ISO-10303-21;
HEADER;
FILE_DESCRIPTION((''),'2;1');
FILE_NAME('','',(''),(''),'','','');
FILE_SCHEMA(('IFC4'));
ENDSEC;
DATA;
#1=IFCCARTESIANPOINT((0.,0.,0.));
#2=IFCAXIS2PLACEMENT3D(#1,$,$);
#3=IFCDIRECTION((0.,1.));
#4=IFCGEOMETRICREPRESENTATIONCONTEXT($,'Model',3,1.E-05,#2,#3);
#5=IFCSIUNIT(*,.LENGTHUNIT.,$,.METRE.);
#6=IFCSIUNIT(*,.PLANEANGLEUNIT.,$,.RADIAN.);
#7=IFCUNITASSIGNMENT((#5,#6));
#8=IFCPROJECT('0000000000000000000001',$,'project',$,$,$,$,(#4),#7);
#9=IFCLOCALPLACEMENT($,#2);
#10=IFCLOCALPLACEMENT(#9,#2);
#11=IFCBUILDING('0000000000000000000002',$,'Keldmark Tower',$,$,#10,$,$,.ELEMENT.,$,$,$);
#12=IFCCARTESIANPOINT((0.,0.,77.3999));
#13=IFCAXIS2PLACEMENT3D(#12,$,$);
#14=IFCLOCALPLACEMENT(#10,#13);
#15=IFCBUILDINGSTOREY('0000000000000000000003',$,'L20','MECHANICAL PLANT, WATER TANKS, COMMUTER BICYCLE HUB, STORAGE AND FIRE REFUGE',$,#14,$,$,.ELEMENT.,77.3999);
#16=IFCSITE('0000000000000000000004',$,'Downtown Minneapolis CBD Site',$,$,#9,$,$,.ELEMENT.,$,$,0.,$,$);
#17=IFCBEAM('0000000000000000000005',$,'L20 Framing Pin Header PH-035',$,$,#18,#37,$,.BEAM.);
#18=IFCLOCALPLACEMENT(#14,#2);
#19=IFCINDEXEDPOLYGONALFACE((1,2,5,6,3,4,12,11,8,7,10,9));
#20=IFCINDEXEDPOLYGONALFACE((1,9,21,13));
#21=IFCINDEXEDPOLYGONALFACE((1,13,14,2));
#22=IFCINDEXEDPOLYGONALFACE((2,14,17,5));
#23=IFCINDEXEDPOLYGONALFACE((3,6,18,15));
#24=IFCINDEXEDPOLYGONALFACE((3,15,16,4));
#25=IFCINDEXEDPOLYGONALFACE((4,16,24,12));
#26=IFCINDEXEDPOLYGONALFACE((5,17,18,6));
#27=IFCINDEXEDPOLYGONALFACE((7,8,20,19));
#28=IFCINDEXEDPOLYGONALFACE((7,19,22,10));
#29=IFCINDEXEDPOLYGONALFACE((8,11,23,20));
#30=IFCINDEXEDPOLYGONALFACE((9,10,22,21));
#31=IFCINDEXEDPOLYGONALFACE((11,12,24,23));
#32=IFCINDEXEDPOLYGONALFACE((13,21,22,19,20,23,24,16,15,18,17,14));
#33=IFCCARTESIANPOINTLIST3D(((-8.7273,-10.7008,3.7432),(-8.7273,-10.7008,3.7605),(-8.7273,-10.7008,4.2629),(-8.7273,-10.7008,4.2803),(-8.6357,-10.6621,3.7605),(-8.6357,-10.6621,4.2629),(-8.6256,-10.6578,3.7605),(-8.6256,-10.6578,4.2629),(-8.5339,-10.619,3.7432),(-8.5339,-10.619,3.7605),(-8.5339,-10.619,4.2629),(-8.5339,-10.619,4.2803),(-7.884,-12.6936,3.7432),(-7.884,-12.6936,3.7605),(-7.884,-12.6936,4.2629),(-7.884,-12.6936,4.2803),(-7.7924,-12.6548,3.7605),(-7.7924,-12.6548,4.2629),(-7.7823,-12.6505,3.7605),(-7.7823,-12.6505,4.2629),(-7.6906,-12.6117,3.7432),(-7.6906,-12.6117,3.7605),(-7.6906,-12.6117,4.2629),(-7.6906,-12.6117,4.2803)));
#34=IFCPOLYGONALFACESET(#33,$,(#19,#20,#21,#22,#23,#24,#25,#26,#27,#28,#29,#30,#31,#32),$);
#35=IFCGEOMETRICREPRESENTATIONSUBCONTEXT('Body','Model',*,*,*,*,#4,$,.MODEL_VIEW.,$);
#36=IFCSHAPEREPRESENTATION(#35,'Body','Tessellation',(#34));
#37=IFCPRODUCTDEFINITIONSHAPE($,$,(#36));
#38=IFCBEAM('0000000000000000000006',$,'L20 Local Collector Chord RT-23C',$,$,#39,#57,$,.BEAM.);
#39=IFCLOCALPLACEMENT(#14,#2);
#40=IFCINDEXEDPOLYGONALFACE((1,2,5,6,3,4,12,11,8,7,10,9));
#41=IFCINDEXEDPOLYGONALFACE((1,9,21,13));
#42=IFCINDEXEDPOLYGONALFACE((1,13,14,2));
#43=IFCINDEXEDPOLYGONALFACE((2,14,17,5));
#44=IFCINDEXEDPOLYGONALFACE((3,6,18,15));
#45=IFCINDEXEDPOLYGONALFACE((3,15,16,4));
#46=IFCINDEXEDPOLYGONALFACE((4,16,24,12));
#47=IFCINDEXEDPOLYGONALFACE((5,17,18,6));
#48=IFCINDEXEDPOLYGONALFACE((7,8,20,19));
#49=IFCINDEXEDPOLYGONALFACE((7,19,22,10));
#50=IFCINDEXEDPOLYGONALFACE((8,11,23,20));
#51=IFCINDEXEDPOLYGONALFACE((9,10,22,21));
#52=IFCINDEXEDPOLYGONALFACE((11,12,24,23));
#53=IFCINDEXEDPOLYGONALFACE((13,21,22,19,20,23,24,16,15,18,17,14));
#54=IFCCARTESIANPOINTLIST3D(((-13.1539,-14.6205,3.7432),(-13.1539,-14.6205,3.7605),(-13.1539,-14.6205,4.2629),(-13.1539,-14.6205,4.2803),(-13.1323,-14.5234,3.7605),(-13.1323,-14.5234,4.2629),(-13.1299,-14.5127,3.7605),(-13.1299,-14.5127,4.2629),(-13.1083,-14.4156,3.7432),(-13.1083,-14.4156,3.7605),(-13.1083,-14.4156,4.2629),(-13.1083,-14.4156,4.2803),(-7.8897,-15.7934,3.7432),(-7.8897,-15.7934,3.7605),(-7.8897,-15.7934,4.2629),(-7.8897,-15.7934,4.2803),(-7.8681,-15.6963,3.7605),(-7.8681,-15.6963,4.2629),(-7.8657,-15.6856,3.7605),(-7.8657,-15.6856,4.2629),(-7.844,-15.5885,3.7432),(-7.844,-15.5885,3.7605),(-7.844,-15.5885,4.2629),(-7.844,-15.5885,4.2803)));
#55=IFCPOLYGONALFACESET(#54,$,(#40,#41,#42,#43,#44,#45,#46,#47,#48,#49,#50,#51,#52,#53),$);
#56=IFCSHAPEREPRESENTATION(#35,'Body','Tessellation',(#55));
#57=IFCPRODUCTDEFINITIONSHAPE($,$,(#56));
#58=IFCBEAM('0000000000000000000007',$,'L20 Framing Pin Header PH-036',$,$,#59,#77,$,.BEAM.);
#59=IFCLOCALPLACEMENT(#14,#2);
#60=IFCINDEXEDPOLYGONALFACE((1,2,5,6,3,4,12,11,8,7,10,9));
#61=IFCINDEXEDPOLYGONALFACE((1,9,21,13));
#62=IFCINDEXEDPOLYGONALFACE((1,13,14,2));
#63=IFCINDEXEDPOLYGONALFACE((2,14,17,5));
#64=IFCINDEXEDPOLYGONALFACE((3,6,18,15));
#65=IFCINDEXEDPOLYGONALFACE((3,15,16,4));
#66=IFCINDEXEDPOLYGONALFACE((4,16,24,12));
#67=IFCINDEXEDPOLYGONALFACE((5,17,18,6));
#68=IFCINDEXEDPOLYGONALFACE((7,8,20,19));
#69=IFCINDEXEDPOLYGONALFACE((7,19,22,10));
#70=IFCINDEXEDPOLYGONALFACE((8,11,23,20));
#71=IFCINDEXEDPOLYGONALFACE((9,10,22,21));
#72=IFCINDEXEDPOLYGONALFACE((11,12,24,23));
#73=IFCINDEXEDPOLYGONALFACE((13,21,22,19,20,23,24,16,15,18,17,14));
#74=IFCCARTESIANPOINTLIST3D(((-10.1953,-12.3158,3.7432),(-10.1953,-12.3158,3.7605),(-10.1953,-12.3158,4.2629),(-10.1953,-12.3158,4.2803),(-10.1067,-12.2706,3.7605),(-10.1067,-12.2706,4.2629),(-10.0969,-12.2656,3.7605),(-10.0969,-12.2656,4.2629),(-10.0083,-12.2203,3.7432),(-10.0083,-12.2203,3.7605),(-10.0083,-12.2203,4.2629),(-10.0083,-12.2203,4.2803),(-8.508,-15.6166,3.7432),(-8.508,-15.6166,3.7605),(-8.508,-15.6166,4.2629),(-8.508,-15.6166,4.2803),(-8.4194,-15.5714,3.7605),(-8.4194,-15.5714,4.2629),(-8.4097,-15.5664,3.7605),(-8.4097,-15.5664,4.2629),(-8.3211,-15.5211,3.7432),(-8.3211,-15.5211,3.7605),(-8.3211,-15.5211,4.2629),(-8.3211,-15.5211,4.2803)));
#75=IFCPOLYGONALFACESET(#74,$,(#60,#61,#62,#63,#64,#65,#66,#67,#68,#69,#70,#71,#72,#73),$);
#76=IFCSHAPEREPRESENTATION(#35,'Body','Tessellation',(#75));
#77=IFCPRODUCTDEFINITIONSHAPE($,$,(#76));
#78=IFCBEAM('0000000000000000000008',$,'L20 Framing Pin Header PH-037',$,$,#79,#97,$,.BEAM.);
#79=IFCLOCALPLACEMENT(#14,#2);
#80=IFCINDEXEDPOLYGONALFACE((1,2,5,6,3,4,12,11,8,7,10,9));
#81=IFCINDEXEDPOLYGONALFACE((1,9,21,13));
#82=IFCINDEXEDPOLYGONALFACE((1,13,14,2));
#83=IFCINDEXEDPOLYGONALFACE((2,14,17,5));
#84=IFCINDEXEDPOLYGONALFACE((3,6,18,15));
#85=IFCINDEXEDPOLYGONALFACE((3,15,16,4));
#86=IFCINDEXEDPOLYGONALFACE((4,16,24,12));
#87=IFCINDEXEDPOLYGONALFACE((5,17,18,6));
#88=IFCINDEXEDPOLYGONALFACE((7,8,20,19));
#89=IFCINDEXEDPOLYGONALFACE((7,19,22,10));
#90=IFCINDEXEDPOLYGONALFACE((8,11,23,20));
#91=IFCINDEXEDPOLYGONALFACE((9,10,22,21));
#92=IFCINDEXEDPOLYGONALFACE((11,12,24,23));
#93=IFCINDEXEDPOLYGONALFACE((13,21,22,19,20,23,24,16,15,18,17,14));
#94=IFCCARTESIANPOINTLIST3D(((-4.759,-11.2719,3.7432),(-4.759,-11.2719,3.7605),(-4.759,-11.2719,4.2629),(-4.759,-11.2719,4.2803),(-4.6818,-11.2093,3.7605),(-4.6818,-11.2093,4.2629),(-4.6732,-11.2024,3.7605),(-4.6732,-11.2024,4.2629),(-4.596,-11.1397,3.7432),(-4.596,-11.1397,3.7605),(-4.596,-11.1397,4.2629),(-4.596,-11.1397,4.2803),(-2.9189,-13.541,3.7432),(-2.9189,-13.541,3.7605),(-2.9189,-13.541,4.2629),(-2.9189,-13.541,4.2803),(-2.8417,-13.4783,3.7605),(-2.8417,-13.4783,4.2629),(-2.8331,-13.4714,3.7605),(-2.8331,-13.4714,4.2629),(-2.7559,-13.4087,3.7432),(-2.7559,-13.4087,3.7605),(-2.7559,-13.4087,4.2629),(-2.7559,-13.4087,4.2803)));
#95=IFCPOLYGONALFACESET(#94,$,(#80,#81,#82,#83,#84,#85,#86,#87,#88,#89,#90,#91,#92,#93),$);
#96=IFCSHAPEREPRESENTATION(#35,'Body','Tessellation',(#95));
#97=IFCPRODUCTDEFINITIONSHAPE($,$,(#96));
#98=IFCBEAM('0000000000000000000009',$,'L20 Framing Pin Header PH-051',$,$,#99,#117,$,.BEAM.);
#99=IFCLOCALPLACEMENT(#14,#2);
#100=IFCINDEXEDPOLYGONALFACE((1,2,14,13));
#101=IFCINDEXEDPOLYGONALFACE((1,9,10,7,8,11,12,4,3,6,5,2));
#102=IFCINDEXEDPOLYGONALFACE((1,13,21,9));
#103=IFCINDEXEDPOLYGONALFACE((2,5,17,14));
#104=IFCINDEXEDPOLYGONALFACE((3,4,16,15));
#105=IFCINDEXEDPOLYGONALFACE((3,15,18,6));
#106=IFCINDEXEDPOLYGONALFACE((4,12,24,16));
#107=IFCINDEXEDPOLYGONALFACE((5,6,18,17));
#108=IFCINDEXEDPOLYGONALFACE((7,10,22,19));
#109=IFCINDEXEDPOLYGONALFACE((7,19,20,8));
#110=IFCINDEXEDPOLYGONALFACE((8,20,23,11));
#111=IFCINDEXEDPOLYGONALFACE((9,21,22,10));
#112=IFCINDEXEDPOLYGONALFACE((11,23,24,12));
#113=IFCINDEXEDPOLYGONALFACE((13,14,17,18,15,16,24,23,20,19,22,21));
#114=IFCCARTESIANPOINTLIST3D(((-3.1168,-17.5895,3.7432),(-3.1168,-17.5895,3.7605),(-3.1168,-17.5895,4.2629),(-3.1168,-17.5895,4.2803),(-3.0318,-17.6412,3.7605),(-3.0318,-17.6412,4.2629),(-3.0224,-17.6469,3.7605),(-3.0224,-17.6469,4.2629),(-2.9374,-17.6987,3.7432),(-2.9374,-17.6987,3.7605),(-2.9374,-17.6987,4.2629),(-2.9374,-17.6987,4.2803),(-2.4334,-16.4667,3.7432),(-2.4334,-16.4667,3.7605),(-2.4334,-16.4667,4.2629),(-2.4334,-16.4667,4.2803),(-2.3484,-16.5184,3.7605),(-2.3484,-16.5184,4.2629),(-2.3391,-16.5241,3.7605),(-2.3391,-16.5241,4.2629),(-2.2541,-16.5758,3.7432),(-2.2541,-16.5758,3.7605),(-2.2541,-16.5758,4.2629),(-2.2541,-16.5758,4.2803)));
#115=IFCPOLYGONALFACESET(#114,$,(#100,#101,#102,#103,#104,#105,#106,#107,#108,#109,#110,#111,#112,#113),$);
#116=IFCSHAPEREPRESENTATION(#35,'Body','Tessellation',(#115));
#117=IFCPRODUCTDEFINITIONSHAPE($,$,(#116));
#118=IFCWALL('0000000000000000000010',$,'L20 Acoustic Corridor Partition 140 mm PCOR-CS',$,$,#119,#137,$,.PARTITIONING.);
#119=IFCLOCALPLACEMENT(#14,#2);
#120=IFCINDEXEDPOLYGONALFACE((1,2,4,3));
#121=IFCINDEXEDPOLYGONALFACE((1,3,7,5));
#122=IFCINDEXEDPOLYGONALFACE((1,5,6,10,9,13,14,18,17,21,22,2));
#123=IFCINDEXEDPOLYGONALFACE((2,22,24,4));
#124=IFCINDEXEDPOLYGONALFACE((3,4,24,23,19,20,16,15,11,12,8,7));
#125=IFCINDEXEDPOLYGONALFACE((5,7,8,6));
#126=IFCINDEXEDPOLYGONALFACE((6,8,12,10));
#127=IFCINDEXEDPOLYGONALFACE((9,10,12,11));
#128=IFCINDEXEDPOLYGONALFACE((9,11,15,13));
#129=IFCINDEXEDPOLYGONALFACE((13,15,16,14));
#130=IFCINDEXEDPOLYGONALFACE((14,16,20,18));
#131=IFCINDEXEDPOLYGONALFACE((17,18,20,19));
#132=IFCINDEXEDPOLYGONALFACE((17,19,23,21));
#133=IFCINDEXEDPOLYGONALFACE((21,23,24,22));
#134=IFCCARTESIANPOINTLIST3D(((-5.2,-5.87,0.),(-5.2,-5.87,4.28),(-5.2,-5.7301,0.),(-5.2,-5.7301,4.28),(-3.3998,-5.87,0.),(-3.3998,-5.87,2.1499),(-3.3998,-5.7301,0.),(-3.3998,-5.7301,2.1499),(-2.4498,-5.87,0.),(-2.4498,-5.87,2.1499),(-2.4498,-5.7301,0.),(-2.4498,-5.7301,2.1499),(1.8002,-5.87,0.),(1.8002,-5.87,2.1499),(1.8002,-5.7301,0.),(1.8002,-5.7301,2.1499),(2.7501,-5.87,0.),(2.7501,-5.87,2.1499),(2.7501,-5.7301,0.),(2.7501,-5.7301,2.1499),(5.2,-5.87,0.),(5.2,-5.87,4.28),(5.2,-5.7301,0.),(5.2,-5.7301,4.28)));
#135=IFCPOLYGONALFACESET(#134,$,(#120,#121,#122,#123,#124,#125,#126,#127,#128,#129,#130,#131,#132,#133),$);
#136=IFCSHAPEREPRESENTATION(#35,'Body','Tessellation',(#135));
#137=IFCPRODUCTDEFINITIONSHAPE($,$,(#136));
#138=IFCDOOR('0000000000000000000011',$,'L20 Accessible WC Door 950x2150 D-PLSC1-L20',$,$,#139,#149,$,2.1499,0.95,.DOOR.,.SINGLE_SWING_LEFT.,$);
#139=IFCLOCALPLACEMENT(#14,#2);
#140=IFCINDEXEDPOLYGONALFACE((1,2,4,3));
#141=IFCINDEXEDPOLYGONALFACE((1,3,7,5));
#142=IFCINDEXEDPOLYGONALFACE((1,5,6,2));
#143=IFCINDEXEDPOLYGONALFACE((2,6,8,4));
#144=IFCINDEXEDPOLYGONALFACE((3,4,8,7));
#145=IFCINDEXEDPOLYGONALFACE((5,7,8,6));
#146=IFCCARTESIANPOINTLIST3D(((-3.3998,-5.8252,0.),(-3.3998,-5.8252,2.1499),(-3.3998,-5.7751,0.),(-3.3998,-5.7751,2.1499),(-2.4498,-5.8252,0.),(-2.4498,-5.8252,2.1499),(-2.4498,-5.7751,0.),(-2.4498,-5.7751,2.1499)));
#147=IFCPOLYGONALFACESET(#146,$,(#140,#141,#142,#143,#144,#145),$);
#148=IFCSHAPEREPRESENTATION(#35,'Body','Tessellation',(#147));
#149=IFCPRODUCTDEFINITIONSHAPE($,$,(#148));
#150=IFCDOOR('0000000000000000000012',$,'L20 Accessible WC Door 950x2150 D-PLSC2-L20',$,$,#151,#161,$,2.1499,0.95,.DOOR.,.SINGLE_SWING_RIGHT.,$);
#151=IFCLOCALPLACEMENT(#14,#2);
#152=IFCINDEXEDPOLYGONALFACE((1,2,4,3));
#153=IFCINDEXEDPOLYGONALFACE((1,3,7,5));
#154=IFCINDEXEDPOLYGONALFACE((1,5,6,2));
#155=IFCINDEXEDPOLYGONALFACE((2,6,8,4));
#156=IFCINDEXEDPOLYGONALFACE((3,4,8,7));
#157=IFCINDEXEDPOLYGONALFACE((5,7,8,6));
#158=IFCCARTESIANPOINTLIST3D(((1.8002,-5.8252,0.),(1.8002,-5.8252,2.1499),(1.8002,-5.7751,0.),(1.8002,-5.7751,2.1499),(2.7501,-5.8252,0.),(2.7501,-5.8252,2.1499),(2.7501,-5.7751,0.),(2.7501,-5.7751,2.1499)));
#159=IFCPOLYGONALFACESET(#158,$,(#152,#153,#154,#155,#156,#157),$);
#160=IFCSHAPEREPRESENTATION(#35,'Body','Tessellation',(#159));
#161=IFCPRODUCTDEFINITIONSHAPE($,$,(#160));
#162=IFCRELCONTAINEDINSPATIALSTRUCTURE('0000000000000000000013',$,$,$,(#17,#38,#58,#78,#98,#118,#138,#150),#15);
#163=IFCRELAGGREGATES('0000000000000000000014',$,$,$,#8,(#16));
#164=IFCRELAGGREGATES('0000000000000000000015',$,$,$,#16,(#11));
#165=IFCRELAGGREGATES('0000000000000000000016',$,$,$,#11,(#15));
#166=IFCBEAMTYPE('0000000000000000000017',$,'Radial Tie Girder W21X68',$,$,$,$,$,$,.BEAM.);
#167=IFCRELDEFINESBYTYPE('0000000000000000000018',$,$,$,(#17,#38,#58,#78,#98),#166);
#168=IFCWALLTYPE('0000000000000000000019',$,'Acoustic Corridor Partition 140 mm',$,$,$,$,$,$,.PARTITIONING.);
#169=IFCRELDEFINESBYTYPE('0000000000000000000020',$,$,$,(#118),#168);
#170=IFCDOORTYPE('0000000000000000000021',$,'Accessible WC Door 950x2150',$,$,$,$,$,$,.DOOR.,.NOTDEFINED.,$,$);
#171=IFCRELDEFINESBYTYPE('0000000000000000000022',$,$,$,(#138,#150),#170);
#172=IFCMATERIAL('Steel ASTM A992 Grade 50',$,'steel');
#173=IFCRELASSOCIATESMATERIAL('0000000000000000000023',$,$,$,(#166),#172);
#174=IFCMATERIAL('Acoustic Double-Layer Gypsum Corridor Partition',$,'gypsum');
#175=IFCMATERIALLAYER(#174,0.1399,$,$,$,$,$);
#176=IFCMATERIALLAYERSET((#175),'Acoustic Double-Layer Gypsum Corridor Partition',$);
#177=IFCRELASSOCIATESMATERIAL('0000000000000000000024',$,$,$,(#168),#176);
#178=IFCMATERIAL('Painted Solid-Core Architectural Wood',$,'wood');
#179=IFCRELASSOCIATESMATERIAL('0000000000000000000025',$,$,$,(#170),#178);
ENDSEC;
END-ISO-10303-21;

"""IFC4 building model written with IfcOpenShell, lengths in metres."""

from ifc_helpers import new_model, si_unit, direction, frame, frame_2d, origin, origin_2d, place, context, subcontext, project, spatial, rectangle, i_section, extrude, material, layer, layer_set, material_profile, profile_set, type_object, element, fill, save


model = new_model("IFC4")

# Units and contexts
model_context = context("Model", 3, precision=1e-05, world=origin(), true_north=direction((0.0, 1.0)))
body_context = subcontext(model_context, "Body", "Model", "MODEL_VIEW")
ifc_project = project(units=[si_unit("LENGTHUNIT", "METRE"), si_unit("PLANEANGLEUNIT", "RADIAN")], contexts=[model_context])

# Site, building, storey
site_placement = place(None, origin())
site = spatial("IfcSite", under=ifc_project, at=site_placement, Name="Downtown Minneapolis CBD Site", CompositionType="ELEMENT", RefElevation=0.0)
building_placement = place(site_placement, origin())
building = spatial("IfcBuilding", under=site, at=building_placement, Name="Keldmark Tower", CompositionType="ELEMENT")
storey_placement = place(building_placement, frame((0.0, 0.0, 77.3999)))
storey = spatial("IfcBuildingStorey", under=building, at=storey_placement, Name="L20", Description="MECHANICAL PLANT, WATER TANKS, COMMUTER BICYCLE HUB, STORAGE AND FIRE REFUGE", CompositionType="ELEMENT", Elevation=77.3999)

# Beams
ifc_material_1 = material(Name="Steel ASTM A992 Grade 50", Category="steel")
ifc_material_profile_1 = material_profile(ifc_material_1, i_section(OverallWidth=0.21, OverallDepth=0.5371, WebThickness=0.011, FlangeThickness=0.0173, at=origin_2d()), Name="W21X68")
ifc_profile_set_1 = profile_set([ifc_material_profile_1], Name="Steel ASTM A992 Grade 50")
beam_type_1 = type_object("IfcBeamType", Name="Radial Tie Girder W21X68", PredefinedType="BEAM", material=ifc_profile_set_1)
beam_1_placement = place(storey_placement, frame((-8.6306, -10.6599, 4.0117), z_axis=(0.389721, -0.920933, 0.0), x_axis=(0.920933, 0.389721, 0.0)))
element("IfcBeam", 1, at=beam_1_placement, inside=storey, type_object=beam_type_1, Name="L20 Framing Pin Header PH-035", PredefinedType="BEAM", context=body_context, shape_type="SweptSolid", body=[
    extrude(i_section(OverallWidth=0.21, OverallDepth=0.5371, WebThickness=0.011, FlangeThickness=0.0173, at=origin_2d()), origin(), (0.0, 0.0, 1.0), 2.1638),
])
beam_2_placement = place(storey_placement, frame((-13.1311, -14.5181, 4.0117), z_axis=(0.976068, -0.217467, 0.0), x_axis=(0.217467, 0.976068, 0.0)))
element("IfcBeam", 2, at=beam_2_placement, inside=storey, type_object=beam_type_1, Name="L20 Local Collector Chord RT-23C", PredefinedType="BEAM", context=body_context, shape_type="SweptSolid", body=[
    extrude(i_section(OverallWidth=0.21, OverallDepth=0.5371, WebThickness=0.011, FlangeThickness=0.0173, at=origin_2d()), origin(), (0.0, 0.0, 1.0), 5.3933),
])
beam_3_placement = place(storey_placement, frame((-10.1018, -12.2681, 4.0117), z_axis=(0.455152, -0.890414, 0.0), x_axis=(0.890414, 0.455152, 0.0)))
element("IfcBeam", 3, at=beam_3_placement, inside=storey, type_object=beam_type_1, Name="L20 Framing Pin Header PH-036", PredefinedType="BEAM", context=body_context, shape_type="SweptSolid", body=[
    extrude(i_section(OverallWidth=0.21, OverallDepth=0.5371, WebThickness=0.011, FlangeThickness=0.0173, at=origin_2d()), origin(), (0.0, 0.0, 1.0), 3.707),
])
beam_4_placement = place(storey_placement, frame((-4.6775, -11.2058, 4.0117), z_axis=(0.629869, -0.776702, 0.0), x_axis=(0.776702, 0.629869, 0.0)))
element("IfcBeam", 4, at=beam_4_placement, inside=storey, type_object=beam_type_1, Name="L20 Framing Pin Header PH-037", PredefinedType="BEAM", context=body_context, shape_type="SweptSolid", body=[
    extrude(i_section(OverallWidth=0.21, OverallDepth=0.5371, WebThickness=0.011, FlangeThickness=0.0173, at=origin_2d()), origin(), (0.0, 0.0, 1.0), 2.9214),
])
beam_5_placement = place(storey_placement, frame((-2.3438, -16.5212, 4.0117), z_axis=(-0.519894, -0.854231, 0.0), x_axis=(0.854231, -0.519894, 0.0)))
element("IfcBeam", 5, at=beam_5_placement, inside=storey, type_object=beam_type_1, Name="L20 Framing Pin Header PH-051", PredefinedType="BEAM", context=body_context, shape_type="SweptSolid", body=[
    extrude(i_section(OverallWidth=0.21, OverallDepth=0.5371, WebThickness=0.011, FlangeThickness=0.0173, at=origin_2d()), origin(), (0.0, 0.0, 1.0), 1.3145),
])

# Wall, openings, doors
ifc_material_2 = material(Name="Acoustic Double-Layer Gypsum Corridor Partition", Category="gypsum")
ifc_layer_1 = layer(ifc_material_2, 0.1399)
ifc_layer_set_1 = layer_set([ifc_layer_1], Name="Acoustic Double-Layer Gypsum Corridor Partition")
wall_type_1 = type_object("IfcWallType", Name="Acoustic Corridor Partition 140 mm", PredefinedType="PARTITIONING", material=ifc_layer_set_1)
wall_1_placement = place(storey_placement, frame((-5.2, -5.8, 0.0), z_axis=(0.0, 0.0, 1.0), x_axis=(1.0, 0.0, 0.0)))
wall_1 = element("IfcWall", 6, at=wall_1_placement, inside=storey, type_object=wall_type_1, Name="L20 Acoustic Corridor Partition 140 mm PCOR-CS", PredefinedType="PARTITIONING", context=body_context, shape_type="SweptSolid", body=[
    extrude(rectangle(XDim=10.3999, YDim=0.1399, at=frame_2d((5.2, 0.0))), origin(), (0.0, 0.0, 1.0), 4.28),
])
opening_1_placement = place(wall_1_placement, frame((1.8, 0.0, 0.0)))
opening_1 = element("IfcOpeningElement", 7, at=opening_1_placement, cuts=wall_1, PredefinedType="OPENING", context=body_context, shape_type="SweptSolid", body=[
    extrude(rectangle(XDim=0.95, YDim=2.1499, at=frame_2d((0.4751, 1.075))), frame((0.0, 0.0798, 0.0), z_axis=(0.0, -1.0, 0.0), x_axis=(1.0, 0.0, 0.0)), (0.0, 0.0, 1.0), 0.1599),
])
opening_2_placement = place(wall_1_placement, frame((7.0, 0.0, 0.0)))
opening_2 = element("IfcOpeningElement", 8, at=opening_2_placement, cuts=wall_1, PredefinedType="OPENING", context=body_context, shape_type="SweptSolid", body=[
    extrude(rectangle(XDim=0.95, YDim=2.1499, at=frame_2d((0.4751, 1.075))), frame((0.0, 0.0798, 0.0), z_axis=(0.0, -1.0, 0.0), x_axis=(1.0, 0.0, 0.0)), (0.0, 0.0, 1.0), 0.1599),
])
ifc_material_3 = material(Name="Painted Solid-Core Architectural Wood", Category="wood")
door_type_1 = type_object("IfcDoorType", Name="Accessible WC Door 950x2150", OperationType="NOTDEFINED", PredefinedType="DOOR", material=ifc_material_3)
door_1_placement = place(opening_1_placement, origin())
door_1 = element("IfcDoor", 9, at=door_1_placement, inside=storey, type_object=door_type_1, Name="L20 Accessible WC Door 950x2150 D-PLSC1-L20", OperationType="SINGLE_SWING_LEFT", OverallHeight=2.1499, OverallWidth=0.95, PredefinedType="DOOR", context=body_context, shape_type="SweptSolid", body=[
    extrude(rectangle(XDim=0.95, YDim=2.1499, at=frame_2d((0.4751, 1.075))), frame((0.0, 0.0249, 0.0), z_axis=(0.0, -1.0, 0.0), x_axis=(1.0, 0.0, 0.0)), (0.0, 0.0, 1.0), 0.05),
])
fill(opening_1, door_1)
door_2_placement = place(opening_2_placement, origin())
door_2 = element("IfcDoor", 10, at=door_2_placement, inside=storey, type_object=door_type_1, Name="L20 Accessible WC Door 950x2150 D-PLSC2-L20", OperationType="SINGLE_SWING_RIGHT", OverallHeight=2.1499, OverallWidth=0.95, PredefinedType="DOOR", context=body_context, shape_type="SweptSolid", body=[
    extrude(rectangle(XDim=0.95, YDim=2.1499, at=frame_2d((0.4751, 1.075))), frame((0.0, 0.0249, 0.0), z_axis=(0.0, -1.0, 0.0), x_axis=(1.0, 0.0, 0.0)), (0.0, 0.0, 1.0), 0.05),
])
fill(opening_2, door_2)

save(model, "model.ifc")
